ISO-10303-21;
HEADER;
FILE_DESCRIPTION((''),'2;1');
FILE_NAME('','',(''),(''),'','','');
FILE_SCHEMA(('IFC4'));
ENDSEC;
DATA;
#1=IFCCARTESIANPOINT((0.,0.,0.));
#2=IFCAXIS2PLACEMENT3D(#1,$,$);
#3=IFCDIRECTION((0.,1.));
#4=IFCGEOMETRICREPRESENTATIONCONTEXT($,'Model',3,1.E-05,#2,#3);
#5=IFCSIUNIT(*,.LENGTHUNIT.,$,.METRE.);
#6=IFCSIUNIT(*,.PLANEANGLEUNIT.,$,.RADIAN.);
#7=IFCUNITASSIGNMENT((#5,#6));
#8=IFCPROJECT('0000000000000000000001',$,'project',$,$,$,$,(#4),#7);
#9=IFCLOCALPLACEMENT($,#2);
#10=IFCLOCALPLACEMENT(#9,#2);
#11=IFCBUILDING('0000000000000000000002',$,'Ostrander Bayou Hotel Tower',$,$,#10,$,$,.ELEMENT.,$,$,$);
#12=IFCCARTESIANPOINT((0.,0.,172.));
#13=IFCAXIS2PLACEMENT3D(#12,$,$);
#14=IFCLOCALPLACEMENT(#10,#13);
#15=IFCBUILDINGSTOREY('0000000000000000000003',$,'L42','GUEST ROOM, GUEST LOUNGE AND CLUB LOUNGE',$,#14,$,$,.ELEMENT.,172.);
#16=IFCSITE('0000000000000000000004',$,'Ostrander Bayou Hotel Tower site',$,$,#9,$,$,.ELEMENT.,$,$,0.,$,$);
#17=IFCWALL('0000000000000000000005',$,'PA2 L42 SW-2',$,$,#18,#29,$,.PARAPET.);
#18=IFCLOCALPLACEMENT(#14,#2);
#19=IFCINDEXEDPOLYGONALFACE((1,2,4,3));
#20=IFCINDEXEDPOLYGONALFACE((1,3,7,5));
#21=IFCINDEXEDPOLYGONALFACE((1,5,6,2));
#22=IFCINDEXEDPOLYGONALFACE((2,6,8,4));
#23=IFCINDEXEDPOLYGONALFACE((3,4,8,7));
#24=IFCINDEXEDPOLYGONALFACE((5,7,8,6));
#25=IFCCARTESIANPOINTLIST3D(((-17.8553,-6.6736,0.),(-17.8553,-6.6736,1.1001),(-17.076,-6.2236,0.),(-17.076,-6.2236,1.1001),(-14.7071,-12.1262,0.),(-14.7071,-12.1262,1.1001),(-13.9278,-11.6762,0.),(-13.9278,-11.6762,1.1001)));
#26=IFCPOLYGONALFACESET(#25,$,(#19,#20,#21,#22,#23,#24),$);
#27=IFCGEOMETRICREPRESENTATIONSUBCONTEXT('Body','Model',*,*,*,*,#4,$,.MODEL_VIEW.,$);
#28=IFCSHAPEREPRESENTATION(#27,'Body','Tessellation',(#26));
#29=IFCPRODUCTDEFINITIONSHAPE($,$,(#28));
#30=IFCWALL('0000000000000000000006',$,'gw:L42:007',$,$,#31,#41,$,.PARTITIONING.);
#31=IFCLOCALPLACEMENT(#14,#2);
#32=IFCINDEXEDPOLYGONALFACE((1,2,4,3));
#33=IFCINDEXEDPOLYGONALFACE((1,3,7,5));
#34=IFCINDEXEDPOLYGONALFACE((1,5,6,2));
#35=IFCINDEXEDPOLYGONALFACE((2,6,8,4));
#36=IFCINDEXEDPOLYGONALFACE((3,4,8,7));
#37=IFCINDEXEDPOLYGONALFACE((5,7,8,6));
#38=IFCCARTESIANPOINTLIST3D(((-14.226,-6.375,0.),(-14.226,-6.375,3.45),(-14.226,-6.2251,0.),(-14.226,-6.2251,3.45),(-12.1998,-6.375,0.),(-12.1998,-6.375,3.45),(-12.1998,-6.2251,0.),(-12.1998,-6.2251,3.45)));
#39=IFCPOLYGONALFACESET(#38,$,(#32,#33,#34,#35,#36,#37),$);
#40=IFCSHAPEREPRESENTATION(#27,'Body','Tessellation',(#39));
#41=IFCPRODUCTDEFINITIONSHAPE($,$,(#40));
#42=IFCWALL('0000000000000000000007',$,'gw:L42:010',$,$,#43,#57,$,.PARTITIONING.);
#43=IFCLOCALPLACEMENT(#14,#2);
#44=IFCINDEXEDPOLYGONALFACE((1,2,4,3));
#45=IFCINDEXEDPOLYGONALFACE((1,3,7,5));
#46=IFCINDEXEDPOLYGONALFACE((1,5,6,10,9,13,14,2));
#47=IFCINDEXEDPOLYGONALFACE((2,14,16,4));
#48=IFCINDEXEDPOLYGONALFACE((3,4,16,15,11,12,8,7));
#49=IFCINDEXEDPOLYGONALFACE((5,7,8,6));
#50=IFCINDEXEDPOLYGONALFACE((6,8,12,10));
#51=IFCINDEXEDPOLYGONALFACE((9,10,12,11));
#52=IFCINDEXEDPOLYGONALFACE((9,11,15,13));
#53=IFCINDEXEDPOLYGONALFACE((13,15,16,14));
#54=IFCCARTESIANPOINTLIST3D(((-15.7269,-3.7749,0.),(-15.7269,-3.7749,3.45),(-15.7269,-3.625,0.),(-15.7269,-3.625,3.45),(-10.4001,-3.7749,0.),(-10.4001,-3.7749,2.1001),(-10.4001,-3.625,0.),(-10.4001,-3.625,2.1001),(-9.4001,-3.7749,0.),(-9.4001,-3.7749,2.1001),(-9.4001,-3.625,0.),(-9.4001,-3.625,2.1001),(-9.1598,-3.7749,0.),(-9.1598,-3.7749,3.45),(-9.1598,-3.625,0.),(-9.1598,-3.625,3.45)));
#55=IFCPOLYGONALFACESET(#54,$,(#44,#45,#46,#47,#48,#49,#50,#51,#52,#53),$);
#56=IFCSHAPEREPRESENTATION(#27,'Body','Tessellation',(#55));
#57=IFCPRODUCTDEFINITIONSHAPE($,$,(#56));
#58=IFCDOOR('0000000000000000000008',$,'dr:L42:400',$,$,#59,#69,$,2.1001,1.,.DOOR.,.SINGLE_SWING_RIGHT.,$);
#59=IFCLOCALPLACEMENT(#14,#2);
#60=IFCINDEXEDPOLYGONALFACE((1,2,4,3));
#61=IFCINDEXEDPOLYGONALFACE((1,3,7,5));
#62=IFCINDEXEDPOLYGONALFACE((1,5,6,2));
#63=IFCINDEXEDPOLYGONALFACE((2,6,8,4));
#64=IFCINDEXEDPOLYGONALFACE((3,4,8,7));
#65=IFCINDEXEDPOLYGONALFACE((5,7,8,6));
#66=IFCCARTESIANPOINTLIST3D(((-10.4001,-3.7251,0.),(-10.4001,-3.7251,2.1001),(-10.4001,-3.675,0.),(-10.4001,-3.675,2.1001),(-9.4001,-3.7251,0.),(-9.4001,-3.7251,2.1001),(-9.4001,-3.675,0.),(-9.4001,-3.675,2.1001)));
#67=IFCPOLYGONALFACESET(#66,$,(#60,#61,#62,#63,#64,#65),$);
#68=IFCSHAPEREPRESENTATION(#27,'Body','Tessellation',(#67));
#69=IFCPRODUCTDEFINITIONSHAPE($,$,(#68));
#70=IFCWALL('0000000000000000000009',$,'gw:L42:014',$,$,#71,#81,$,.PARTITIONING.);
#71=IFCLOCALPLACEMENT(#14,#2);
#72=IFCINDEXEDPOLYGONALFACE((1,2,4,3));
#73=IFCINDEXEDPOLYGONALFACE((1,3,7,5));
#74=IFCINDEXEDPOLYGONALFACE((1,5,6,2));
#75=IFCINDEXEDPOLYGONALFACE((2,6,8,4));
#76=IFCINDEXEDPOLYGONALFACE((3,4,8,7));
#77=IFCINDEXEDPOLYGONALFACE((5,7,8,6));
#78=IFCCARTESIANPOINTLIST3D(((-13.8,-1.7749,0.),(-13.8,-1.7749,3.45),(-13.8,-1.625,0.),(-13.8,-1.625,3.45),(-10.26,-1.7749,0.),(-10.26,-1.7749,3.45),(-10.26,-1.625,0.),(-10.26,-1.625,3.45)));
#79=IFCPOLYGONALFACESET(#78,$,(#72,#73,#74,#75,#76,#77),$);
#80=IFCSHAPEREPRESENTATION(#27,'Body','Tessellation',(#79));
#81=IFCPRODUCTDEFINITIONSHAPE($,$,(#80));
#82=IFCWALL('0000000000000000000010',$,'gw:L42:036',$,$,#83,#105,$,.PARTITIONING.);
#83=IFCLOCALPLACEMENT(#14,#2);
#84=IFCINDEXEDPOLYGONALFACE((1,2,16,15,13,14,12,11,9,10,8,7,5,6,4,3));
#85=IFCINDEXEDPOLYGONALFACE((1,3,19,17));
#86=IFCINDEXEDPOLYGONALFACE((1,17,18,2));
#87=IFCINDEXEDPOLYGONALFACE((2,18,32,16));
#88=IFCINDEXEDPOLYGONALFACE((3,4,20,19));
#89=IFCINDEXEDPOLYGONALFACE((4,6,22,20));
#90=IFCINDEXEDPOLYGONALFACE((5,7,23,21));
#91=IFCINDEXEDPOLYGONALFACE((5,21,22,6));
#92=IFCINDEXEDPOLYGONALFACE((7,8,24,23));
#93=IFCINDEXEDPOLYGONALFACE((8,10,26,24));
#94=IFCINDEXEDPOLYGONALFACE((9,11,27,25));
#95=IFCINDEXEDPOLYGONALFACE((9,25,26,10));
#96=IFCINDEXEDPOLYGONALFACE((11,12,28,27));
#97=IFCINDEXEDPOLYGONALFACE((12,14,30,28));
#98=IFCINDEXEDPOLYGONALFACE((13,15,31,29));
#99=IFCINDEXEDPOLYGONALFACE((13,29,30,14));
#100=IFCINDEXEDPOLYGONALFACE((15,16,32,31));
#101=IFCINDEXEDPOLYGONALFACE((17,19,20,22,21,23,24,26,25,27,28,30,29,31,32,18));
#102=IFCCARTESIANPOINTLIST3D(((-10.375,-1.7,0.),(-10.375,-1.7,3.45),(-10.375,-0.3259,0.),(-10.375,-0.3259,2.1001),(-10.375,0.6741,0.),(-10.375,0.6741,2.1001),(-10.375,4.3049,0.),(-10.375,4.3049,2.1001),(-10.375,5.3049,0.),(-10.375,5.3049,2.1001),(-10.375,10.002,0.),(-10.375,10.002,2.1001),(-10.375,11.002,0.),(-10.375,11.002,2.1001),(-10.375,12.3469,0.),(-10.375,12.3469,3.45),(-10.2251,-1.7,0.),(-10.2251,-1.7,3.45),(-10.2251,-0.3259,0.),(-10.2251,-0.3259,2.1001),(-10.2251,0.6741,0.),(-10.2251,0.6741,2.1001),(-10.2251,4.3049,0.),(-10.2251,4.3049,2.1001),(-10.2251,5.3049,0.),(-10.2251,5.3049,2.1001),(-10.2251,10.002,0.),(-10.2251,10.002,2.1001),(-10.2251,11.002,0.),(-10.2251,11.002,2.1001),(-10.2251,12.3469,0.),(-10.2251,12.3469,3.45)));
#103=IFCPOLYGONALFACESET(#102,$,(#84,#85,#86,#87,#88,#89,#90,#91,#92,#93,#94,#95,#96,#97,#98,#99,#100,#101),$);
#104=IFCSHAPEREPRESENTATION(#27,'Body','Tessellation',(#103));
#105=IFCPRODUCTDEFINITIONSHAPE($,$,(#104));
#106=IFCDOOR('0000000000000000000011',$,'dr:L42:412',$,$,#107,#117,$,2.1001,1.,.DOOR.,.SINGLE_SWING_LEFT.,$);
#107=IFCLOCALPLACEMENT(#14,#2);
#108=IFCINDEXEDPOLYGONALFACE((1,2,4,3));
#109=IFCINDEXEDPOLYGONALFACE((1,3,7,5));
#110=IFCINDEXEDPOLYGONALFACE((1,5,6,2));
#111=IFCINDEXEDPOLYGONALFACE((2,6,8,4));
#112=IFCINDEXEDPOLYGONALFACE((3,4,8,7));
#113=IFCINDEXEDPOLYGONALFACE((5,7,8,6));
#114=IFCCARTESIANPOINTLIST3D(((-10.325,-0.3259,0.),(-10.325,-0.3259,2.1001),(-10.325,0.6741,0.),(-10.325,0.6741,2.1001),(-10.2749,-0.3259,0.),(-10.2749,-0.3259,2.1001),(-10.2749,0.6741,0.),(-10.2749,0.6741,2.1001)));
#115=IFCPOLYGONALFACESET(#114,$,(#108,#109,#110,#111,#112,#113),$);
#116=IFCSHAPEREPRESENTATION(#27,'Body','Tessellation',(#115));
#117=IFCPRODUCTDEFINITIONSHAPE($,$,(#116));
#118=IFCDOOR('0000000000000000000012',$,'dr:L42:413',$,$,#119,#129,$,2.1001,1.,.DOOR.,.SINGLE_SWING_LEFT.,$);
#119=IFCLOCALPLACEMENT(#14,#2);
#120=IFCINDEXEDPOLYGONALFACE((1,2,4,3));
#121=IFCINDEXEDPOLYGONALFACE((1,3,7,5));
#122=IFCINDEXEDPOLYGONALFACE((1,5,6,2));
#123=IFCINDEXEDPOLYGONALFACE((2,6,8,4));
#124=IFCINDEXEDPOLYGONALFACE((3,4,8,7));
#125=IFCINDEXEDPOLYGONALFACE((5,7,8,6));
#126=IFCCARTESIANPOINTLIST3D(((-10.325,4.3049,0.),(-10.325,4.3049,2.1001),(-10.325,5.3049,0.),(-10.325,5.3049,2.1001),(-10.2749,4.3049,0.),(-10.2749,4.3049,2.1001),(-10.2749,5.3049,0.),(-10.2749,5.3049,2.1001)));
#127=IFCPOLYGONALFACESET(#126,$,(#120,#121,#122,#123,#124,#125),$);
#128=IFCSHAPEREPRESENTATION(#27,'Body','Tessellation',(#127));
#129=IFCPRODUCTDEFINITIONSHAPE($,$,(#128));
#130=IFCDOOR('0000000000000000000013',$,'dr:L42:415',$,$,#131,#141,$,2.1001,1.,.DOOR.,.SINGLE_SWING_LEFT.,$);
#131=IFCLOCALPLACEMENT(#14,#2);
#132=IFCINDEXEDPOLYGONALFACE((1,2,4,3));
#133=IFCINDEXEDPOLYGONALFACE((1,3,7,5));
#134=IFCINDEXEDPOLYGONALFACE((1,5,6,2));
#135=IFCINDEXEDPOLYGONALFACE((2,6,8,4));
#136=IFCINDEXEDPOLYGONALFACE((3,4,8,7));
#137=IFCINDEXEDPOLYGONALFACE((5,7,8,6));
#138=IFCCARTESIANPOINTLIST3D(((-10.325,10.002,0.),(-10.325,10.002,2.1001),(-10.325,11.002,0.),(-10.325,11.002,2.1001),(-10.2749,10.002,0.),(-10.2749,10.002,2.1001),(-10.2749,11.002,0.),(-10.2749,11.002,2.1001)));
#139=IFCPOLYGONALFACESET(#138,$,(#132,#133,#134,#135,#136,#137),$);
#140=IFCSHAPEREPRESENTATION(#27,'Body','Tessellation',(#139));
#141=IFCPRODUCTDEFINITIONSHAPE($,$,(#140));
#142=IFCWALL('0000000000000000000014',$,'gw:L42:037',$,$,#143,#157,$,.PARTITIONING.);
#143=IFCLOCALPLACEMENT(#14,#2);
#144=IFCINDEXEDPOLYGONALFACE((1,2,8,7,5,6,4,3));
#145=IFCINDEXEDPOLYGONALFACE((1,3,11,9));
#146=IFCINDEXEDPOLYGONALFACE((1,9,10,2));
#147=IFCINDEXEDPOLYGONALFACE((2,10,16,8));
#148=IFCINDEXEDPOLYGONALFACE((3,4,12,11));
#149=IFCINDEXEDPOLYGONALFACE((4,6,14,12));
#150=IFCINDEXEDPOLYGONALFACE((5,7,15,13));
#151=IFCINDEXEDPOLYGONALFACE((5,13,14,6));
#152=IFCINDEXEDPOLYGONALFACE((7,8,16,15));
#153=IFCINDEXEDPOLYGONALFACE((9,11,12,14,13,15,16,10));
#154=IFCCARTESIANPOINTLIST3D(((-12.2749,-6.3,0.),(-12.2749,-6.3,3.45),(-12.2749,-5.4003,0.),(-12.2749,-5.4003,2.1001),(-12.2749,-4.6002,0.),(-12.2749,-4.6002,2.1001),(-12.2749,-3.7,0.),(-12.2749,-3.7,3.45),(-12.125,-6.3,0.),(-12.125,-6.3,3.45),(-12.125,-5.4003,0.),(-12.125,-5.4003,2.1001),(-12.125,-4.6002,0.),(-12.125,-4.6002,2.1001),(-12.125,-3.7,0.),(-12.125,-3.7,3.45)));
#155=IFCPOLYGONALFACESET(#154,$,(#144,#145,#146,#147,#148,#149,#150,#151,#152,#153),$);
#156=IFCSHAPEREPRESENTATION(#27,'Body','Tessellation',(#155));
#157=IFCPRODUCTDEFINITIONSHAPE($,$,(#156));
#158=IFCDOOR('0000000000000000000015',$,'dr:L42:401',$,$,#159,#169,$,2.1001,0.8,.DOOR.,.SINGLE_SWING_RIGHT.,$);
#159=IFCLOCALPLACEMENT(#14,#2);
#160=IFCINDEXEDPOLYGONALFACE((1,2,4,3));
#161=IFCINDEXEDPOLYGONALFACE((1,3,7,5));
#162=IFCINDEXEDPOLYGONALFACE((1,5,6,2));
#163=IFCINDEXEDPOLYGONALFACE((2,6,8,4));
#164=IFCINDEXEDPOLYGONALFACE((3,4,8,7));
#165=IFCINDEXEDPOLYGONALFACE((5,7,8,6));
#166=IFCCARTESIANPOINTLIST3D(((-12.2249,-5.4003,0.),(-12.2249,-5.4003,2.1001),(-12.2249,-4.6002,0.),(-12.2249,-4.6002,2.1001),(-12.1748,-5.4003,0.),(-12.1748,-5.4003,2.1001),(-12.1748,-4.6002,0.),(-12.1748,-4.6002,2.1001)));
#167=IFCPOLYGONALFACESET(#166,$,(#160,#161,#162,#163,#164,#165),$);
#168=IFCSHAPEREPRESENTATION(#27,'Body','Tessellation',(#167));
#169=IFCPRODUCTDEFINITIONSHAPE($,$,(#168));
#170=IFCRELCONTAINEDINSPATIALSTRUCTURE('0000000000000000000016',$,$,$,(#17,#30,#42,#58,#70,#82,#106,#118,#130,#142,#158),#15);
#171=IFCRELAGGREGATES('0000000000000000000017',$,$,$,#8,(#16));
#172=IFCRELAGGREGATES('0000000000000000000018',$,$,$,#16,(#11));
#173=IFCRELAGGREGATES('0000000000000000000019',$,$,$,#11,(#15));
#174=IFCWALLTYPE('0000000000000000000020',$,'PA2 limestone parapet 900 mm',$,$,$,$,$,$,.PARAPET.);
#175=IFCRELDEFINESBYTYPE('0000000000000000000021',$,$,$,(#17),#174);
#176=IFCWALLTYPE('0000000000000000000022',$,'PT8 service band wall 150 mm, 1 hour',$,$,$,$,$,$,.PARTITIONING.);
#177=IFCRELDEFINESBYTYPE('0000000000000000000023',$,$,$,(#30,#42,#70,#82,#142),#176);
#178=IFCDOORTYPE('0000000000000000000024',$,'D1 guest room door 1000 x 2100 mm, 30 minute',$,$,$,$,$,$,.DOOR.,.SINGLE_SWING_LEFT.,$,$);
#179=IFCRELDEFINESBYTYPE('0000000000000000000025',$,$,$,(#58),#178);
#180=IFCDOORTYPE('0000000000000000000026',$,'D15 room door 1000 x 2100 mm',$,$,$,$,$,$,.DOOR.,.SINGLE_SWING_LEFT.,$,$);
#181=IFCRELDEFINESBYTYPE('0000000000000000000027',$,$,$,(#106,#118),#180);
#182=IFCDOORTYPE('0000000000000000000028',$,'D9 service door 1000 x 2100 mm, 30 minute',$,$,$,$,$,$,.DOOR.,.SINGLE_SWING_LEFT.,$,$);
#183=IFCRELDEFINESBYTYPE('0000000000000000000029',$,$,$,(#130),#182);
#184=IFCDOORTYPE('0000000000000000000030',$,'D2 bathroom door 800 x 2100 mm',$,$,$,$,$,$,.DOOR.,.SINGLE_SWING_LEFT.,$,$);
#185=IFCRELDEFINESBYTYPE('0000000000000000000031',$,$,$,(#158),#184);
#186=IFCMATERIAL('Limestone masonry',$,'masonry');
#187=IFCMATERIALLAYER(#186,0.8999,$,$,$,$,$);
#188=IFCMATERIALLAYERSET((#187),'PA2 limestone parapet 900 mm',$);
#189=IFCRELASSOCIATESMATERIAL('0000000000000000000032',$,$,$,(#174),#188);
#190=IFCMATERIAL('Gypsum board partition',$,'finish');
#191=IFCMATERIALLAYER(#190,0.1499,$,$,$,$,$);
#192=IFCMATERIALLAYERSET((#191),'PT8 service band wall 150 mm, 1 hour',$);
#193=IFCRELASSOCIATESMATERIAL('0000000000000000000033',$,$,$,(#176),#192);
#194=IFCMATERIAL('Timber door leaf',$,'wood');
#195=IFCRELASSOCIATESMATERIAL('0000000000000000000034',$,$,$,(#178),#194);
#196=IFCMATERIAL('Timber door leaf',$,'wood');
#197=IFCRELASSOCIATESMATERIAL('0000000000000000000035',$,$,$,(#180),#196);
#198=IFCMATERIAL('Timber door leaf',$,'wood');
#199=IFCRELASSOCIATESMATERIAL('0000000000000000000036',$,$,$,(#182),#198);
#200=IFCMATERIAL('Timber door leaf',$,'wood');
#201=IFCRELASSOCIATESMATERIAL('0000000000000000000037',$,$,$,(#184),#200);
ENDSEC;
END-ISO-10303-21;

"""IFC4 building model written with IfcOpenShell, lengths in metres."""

from ifc_helpers import new_model, si_unit, direction, frame, frame_2d, origin, place, context, subcontext, project, spatial, rectangle, extrude, material, layer, layer_set, type_object, element, fill, save


model = new_model("IFC4")

# Units and contexts
model_context = context("Model", 3, precision=1e-05, world=origin(), true_north=direction((0.0, 1.0)))
body_context = subcontext(model_context, "Body", "Model", "MODEL_VIEW")
ifc_project = project(units=[si_unit("LENGTHUNIT", "METRE"), si_unit("PLANEANGLEUNIT", "RADIAN")], contexts=[model_context])

# Site, building, storey
site_placement = place(None, origin())
site = spatial("IfcSite", under=ifc_project, at=site_placement, Name="Ostrander Bayou Hotel Tower site", CompositionType="ELEMENT", RefElevation=0.0)
building_placement = place(site_placement, origin())
building = spatial("IfcBuilding", under=site, at=building_placement, Name="Ostrander Bayou Hotel Tower", CompositionType="ELEMENT")
storey_placement = place(building_placement, frame((0.0, 0.0, 172.0)))
storey = spatial("IfcBuildingStorey", under=building, at=storey_placement, Name="L42", Description="GUEST ROOM, GUEST LOUNGE AND CLUB LOUNGE", CompositionType="ELEMENT", Elevation=172.0)

# Walls
ifc_material_1 = material(Name="Limestone masonry", Category="masonry")
ifc_layer_1 = layer(ifc_material_1, 0.8999)
ifc_layer_set_1 = layer_set([ifc_layer_1], Name="PA2 limestone parapet 900 mm")
wall_type_1 = type_object("IfcWallType", Name="PA2 limestone parapet 900 mm", PredefinedType="PARAPET", material=ifc_layer_set_1)
wall_1_placement = place(storey_placement, frame((-17.4656, -6.4487, 0.0), z_axis=(0.0, 0.0, 1.0), x_axis=(0.500013, -0.866018, 0.0)))
element("IfcWall", 1, at=wall_1_placement, inside=storey, type_object=wall_type_1, Name="PA2 L42 SW-2", PredefinedType="PARAPET", context=body_context, shape_type="SweptSolid", body=[
    extrude(rectangle(XDim=6.2961, YDim=0.8999, at=frame_2d((3.1479, 0.0))), origin(), (0.0, 0.0, 1.0), 1.1001),
])
ifc_material_2 = material(Name="Gypsum board partition", Category="finish")
ifc_layer_2 = layer(ifc_material_2, 0.1499)
ifc_layer_set_2 = layer_set([ifc_layer_2], Name="PT8 service band wall 150 mm, 1 hour")
wall_type_2 = type_object("IfcWallType", Name="PT8 service band wall 150 mm, 1 hour", PredefinedType="PARTITIONING", material=ifc_layer_set_2)
wall_2_placement = place(storey_placement, frame((-14.2261, -6.3, 0.0), z_axis=(0.0, 0.0, 1.0), x_axis=(1.0, 0.0, 0.0)))
element("IfcWall", 2, at=wall_2_placement, inside=storey, type_object=wall_type_2, Name="gw:L42:007", PredefinedType="PARTITIONING", context=body_context, shape_type="SweptSolid", body=[
    extrude(rectangle(XDim=2.0261, YDim=0.1499, at=frame_2d((1.0132, 0.0))), origin(), (0.0, 0.0, 1.0), 3.45),
])

# Wall, opening, door
wall_3_placement = place(storey_placement, frame((-15.7271, -3.7, 0.0), z_axis=(0.0, 0.0, 1.0), x_axis=(1.0, 0.0, 0.0)))
wall_3 = element("IfcWall", 3, at=wall_3_placement, inside=storey, type_object=wall_type_2, Name="gw:L42:010", PredefinedType="PARTITIONING", context=body_context, shape_type="SweptSolid", body=[
    extrude(rectangle(XDim=6.5671, YDim=0.1499, at=frame_2d((3.2837, 0.0))), origin(), (0.0, 0.0, 1.0), 3.45),
])
opening_1_placement = place(wall_3_placement, frame((5.3269, 0.0, 0.0)))
opening_1 = element("IfcOpeningElement", 4, at=opening_1_placement, cuts=wall_3, PredefinedType="OPENING", context=body_context, shape_type="SweptSolid", body=[
    extrude(rectangle(XDim=1.0, YDim=2.1001, at=frame_2d((0.5, 1.05))), frame((0.0, 0.075, 0.0), z_axis=(0.0, -1.0, 0.0), x_axis=(1.0, 0.0, 0.0)), (0.0, 0.0, 1.0), 0.1499),
])
ifc_material_3 = material(Name="Timber door leaf", Category="wood")
door_type_1 = type_object("IfcDoorType", Name="D1 guest room door 1000 x 2100 mm, 30 minute", OperationType="SINGLE_SWING_LEFT", PredefinedType="DOOR", material=ifc_material_3)
door_1_placement = place(opening_1_placement, origin())
door_1 = element("IfcDoor", 5, at=door_1_placement, inside=storey, type_object=door_type_1, Name="dr:L42:400", OperationType="SINGLE_SWING_RIGHT", OverallHeight=2.1001, OverallWidth=1.0, PredefinedType="DOOR", context=body_context, shape_type="SweptSolid", body=[
    extrude(rectangle(XDim=1.0, YDim=2.1001, at=frame_2d((0.5, 1.05))), frame((0.0, 0.0249, 0.0), z_axis=(0.0, -1.0, 0.0), x_axis=(1.0, 0.0, 0.0)), (0.0, 0.0, 1.0), 0.05),
])
fill(opening_1, door_1)

# Wall
wall_4_placement = place(storey_placement, frame((-13.8, -1.7, 0.0), z_axis=(0.0, 0.0, 1.0), x_axis=(1.0, 0.0, 0.0)))
element("IfcWall", 6, at=wall_4_placement, inside=storey, type_object=wall_type_2, Name="gw:L42:014", PredefinedType="PARTITIONING", context=body_context, shape_type="SweptSolid", body=[
    extrude(rectangle(XDim=3.54, YDim=0.1499, at=frame_2d((1.77, 0.0))), origin(), (0.0, 0.0, 1.0), 3.45),
])

# Wall, openings, doors
wall_5_placement = place(storey_placement, frame((-10.3, -1.7, 0.0), z_axis=(0.0, 0.0, 1.0), x_axis=(0.0, 1.0, 0.0)))
wall_5 = element("IfcWall", 7, at=wall_5_placement, inside=storey, type_object=wall_type_2, Name="gw:L42:036", PredefinedType="PARTITIONING", context=body_context, shape_type="SweptSolid", body=[
    extrude(rectangle(XDim=14.0469, YDim=0.1499, at=frame_2d((7.0234, 0.0))), origin(), (0.0, 0.0, 1.0), 3.45),
])
opening_2_placement = place(wall_5_placement, frame((1.374, 0.0, 0.0)))
opening_2 = element("IfcOpeningElement", 8, at=opening_2_placement, cuts=wall_5, PredefinedType="OPENING", context=body_context, shape_type="SweptSolid", body=[
    extrude(rectangle(XDim=1.0, YDim=2.1001, at=frame_2d((0.5, 1.05))), frame((0.0, 0.075, 0.0), z_axis=(0.0, -1.0, 0.0), x_axis=(1.0, 0.0, 0.0)), (0.0, 0.0, 1.0), 0.1499),
])
opening_3_placement = place(wall_5_placement, frame((6.0049, 0.0, 0.0)))
opening_3 = element("IfcOpeningElement", 9, at=opening_3_placement, cuts=wall_5, PredefinedType="OPENING", context=body_context, shape_type="SweptSolid", body=[
    extrude(rectangle(XDim=1.0, YDim=2.1001, at=frame_2d((0.5, 1.05))), frame((0.0, 0.075, 0.0), z_axis=(0.0, -1.0, 0.0), x_axis=(1.0, 0.0, 0.0)), (0.0, 0.0, 1.0), 0.1499),
])
opening_4_placement = place(wall_5_placement, frame((11.7019, 0.0, 0.0)))
opening_4 = element("IfcOpeningElement", 10, at=opening_4_placement, cuts=wall_5, PredefinedType="OPENING", context=body_context, shape_type="SweptSolid", body=[
    extrude(rectangle(XDim=1.0, YDim=2.1001, at=frame_2d((0.5, 1.05))), frame((0.0, 0.075, 0.0), z_axis=(0.0, -1.0, 0.0), x_axis=(1.0, 0.0, 0.0)), (0.0, 0.0, 1.0), 0.1499),
])
ifc_material_4 = material(Name="Timber door leaf", Category="wood")
door_type_2 = type_object("IfcDoorType", Name="D15 room door 1000 x 2100 mm", OperationType="SINGLE_SWING_LEFT", PredefinedType="DOOR", material=ifc_material_4)
door_2_placement = place(opening_2_placement, origin())
door_2 = element("IfcDoor", 11, at=door_2_placement, inside=storey, type_object=door_type_2, Name="dr:L42:412", OperationType="SINGLE_SWING_LEFT", OverallHeight=2.1001, OverallWidth=1.0, PredefinedType="DOOR", context=body_context, shape_type="SweptSolid", body=[
    extrude(rectangle(XDim=1.0, YDim=2.1001, at=frame_2d((0.5, 1.05))), frame((0.0, 0.0249, 0.0), z_axis=(0.0, -1.0, 0.0), x_axis=(1.0, 0.0, 0.0)), (0.0, 0.0, 1.0), 0.05),
])
fill(opening_2, door_2)
door_3_placement = place(opening_3_placement, origin())
door_3 = element("IfcDoor", 12, at=door_3_placement, inside=storey, type_object=door_type_2, Name="dr:L42:413", OperationType="SINGLE_SWING_LEFT", OverallHeight=2.1001, OverallWidth=1.0, PredefinedType="DOOR", context=body_context, shape_type="SweptSolid", body=[
    extrude(rectangle(XDim=1.0, YDim=2.1001, at=frame_2d((0.5, 1.05))), frame((0.0, 0.0249, 0.0), z_axis=(0.0, -1.0, 0.0), x_axis=(1.0, 0.0, 0.0)), (0.0, 0.0, 1.0), 0.05),
])
fill(opening_3, door_3)
ifc_material_5 = material(Name="Timber door leaf", Category="wood")
door_type_3 = type_object("IfcDoorType", Name="D9 service door 1000 x 2100 mm, 30 minute", OperationType="SINGLE_SWING_LEFT", PredefinedType="DOOR", material=ifc_material_5)
door_4_placement = place(opening_4_placement, origin())
door_4 = element("IfcDoor", 13, at=door_4_placement, inside=storey, type_object=door_type_3, Name="dr:L42:415", OperationType="SINGLE_SWING_LEFT", OverallHeight=2.1001, OverallWidth=1.0, PredefinedType="DOOR", context=body_context, shape_type="SweptSolid", body=[
    extrude(rectangle(XDim=1.0, YDim=2.1001, at=frame_2d((0.5, 1.05))), frame((0.0, 0.0249, 0.0), z_axis=(0.0, -1.0, 0.0), x_axis=(1.0, 0.0, 0.0)), (0.0, 0.0, 1.0), 0.05),
])
fill(opening_4, door_4)

# Wall, opening, door
wall_6_placement = place(storey_placement, frame((-12.2, -6.3, 0.0), z_axis=(0.0, 0.0, 1.0), x_axis=(0.0, 1.0, 0.0)))
wall_6 = element("IfcWall", 14, at=wall_6_placement, inside=storey, type_object=wall_type_2, Name="gw:L42:037", PredefinedType="PARTITIONING", context=body_context, shape_type="SweptSolid", body=[
    extrude(rectangle(XDim=2.6001, YDim=0.1499, at=frame_2d((1.3, 0.0))), origin(), (0.0, 0.0, 1.0), 3.45),
])
opening_5_placement = place(wall_6_placement, frame((0.8999, 0.0, 0.0)))
opening_5 = element("IfcOpeningElement", 15, at=opening_5_placement, cuts=wall_6, PredefinedType="OPENING", context=body_context, shape_type="SweptSolid", body=[
    extrude(rectangle(XDim=0.8, YDim=2.1001, at=frame_2d((0.3999, 1.05))), frame((0.0, 0.075, 0.0), z_axis=(0.0, -1.0, 0.0), x_axis=(1.0, 0.0, 0.0)), (0.0, 0.0, 1.0), 0.1499),
])
ifc_material_6 = material(Name="Timber door leaf", Category="wood")
door_type_4 = type_object("IfcDoorType", Name="D2 bathroom door 800 x 2100 mm", OperationType="SINGLE_SWING_LEFT", PredefinedType="DOOR", material=ifc_material_6)
door_5_placement = place(opening_5_placement, origin())
door_5 = element("IfcDoor", 16, at=door_5_placement, inside=storey, type_object=door_type_4, Name="dr:L42:401", OperationType="SINGLE_SWING_RIGHT", OverallHeight=2.1001, OverallWidth=0.8, PredefinedType="DOOR", context=body_context, shape_type="SweptSolid", body=[
    extrude(rectangle(XDim=0.8, YDim=2.1001, at=frame_2d((0.3999, 1.05))), frame((0.0, 0.0249, 0.0), z_axis=(0.0, -1.0, 0.0), x_axis=(1.0, 0.0, 0.0)), (0.0, 0.0, 1.0), 0.05),
])
fill(opening_5, door_5)

save(model, "model.ifc")
